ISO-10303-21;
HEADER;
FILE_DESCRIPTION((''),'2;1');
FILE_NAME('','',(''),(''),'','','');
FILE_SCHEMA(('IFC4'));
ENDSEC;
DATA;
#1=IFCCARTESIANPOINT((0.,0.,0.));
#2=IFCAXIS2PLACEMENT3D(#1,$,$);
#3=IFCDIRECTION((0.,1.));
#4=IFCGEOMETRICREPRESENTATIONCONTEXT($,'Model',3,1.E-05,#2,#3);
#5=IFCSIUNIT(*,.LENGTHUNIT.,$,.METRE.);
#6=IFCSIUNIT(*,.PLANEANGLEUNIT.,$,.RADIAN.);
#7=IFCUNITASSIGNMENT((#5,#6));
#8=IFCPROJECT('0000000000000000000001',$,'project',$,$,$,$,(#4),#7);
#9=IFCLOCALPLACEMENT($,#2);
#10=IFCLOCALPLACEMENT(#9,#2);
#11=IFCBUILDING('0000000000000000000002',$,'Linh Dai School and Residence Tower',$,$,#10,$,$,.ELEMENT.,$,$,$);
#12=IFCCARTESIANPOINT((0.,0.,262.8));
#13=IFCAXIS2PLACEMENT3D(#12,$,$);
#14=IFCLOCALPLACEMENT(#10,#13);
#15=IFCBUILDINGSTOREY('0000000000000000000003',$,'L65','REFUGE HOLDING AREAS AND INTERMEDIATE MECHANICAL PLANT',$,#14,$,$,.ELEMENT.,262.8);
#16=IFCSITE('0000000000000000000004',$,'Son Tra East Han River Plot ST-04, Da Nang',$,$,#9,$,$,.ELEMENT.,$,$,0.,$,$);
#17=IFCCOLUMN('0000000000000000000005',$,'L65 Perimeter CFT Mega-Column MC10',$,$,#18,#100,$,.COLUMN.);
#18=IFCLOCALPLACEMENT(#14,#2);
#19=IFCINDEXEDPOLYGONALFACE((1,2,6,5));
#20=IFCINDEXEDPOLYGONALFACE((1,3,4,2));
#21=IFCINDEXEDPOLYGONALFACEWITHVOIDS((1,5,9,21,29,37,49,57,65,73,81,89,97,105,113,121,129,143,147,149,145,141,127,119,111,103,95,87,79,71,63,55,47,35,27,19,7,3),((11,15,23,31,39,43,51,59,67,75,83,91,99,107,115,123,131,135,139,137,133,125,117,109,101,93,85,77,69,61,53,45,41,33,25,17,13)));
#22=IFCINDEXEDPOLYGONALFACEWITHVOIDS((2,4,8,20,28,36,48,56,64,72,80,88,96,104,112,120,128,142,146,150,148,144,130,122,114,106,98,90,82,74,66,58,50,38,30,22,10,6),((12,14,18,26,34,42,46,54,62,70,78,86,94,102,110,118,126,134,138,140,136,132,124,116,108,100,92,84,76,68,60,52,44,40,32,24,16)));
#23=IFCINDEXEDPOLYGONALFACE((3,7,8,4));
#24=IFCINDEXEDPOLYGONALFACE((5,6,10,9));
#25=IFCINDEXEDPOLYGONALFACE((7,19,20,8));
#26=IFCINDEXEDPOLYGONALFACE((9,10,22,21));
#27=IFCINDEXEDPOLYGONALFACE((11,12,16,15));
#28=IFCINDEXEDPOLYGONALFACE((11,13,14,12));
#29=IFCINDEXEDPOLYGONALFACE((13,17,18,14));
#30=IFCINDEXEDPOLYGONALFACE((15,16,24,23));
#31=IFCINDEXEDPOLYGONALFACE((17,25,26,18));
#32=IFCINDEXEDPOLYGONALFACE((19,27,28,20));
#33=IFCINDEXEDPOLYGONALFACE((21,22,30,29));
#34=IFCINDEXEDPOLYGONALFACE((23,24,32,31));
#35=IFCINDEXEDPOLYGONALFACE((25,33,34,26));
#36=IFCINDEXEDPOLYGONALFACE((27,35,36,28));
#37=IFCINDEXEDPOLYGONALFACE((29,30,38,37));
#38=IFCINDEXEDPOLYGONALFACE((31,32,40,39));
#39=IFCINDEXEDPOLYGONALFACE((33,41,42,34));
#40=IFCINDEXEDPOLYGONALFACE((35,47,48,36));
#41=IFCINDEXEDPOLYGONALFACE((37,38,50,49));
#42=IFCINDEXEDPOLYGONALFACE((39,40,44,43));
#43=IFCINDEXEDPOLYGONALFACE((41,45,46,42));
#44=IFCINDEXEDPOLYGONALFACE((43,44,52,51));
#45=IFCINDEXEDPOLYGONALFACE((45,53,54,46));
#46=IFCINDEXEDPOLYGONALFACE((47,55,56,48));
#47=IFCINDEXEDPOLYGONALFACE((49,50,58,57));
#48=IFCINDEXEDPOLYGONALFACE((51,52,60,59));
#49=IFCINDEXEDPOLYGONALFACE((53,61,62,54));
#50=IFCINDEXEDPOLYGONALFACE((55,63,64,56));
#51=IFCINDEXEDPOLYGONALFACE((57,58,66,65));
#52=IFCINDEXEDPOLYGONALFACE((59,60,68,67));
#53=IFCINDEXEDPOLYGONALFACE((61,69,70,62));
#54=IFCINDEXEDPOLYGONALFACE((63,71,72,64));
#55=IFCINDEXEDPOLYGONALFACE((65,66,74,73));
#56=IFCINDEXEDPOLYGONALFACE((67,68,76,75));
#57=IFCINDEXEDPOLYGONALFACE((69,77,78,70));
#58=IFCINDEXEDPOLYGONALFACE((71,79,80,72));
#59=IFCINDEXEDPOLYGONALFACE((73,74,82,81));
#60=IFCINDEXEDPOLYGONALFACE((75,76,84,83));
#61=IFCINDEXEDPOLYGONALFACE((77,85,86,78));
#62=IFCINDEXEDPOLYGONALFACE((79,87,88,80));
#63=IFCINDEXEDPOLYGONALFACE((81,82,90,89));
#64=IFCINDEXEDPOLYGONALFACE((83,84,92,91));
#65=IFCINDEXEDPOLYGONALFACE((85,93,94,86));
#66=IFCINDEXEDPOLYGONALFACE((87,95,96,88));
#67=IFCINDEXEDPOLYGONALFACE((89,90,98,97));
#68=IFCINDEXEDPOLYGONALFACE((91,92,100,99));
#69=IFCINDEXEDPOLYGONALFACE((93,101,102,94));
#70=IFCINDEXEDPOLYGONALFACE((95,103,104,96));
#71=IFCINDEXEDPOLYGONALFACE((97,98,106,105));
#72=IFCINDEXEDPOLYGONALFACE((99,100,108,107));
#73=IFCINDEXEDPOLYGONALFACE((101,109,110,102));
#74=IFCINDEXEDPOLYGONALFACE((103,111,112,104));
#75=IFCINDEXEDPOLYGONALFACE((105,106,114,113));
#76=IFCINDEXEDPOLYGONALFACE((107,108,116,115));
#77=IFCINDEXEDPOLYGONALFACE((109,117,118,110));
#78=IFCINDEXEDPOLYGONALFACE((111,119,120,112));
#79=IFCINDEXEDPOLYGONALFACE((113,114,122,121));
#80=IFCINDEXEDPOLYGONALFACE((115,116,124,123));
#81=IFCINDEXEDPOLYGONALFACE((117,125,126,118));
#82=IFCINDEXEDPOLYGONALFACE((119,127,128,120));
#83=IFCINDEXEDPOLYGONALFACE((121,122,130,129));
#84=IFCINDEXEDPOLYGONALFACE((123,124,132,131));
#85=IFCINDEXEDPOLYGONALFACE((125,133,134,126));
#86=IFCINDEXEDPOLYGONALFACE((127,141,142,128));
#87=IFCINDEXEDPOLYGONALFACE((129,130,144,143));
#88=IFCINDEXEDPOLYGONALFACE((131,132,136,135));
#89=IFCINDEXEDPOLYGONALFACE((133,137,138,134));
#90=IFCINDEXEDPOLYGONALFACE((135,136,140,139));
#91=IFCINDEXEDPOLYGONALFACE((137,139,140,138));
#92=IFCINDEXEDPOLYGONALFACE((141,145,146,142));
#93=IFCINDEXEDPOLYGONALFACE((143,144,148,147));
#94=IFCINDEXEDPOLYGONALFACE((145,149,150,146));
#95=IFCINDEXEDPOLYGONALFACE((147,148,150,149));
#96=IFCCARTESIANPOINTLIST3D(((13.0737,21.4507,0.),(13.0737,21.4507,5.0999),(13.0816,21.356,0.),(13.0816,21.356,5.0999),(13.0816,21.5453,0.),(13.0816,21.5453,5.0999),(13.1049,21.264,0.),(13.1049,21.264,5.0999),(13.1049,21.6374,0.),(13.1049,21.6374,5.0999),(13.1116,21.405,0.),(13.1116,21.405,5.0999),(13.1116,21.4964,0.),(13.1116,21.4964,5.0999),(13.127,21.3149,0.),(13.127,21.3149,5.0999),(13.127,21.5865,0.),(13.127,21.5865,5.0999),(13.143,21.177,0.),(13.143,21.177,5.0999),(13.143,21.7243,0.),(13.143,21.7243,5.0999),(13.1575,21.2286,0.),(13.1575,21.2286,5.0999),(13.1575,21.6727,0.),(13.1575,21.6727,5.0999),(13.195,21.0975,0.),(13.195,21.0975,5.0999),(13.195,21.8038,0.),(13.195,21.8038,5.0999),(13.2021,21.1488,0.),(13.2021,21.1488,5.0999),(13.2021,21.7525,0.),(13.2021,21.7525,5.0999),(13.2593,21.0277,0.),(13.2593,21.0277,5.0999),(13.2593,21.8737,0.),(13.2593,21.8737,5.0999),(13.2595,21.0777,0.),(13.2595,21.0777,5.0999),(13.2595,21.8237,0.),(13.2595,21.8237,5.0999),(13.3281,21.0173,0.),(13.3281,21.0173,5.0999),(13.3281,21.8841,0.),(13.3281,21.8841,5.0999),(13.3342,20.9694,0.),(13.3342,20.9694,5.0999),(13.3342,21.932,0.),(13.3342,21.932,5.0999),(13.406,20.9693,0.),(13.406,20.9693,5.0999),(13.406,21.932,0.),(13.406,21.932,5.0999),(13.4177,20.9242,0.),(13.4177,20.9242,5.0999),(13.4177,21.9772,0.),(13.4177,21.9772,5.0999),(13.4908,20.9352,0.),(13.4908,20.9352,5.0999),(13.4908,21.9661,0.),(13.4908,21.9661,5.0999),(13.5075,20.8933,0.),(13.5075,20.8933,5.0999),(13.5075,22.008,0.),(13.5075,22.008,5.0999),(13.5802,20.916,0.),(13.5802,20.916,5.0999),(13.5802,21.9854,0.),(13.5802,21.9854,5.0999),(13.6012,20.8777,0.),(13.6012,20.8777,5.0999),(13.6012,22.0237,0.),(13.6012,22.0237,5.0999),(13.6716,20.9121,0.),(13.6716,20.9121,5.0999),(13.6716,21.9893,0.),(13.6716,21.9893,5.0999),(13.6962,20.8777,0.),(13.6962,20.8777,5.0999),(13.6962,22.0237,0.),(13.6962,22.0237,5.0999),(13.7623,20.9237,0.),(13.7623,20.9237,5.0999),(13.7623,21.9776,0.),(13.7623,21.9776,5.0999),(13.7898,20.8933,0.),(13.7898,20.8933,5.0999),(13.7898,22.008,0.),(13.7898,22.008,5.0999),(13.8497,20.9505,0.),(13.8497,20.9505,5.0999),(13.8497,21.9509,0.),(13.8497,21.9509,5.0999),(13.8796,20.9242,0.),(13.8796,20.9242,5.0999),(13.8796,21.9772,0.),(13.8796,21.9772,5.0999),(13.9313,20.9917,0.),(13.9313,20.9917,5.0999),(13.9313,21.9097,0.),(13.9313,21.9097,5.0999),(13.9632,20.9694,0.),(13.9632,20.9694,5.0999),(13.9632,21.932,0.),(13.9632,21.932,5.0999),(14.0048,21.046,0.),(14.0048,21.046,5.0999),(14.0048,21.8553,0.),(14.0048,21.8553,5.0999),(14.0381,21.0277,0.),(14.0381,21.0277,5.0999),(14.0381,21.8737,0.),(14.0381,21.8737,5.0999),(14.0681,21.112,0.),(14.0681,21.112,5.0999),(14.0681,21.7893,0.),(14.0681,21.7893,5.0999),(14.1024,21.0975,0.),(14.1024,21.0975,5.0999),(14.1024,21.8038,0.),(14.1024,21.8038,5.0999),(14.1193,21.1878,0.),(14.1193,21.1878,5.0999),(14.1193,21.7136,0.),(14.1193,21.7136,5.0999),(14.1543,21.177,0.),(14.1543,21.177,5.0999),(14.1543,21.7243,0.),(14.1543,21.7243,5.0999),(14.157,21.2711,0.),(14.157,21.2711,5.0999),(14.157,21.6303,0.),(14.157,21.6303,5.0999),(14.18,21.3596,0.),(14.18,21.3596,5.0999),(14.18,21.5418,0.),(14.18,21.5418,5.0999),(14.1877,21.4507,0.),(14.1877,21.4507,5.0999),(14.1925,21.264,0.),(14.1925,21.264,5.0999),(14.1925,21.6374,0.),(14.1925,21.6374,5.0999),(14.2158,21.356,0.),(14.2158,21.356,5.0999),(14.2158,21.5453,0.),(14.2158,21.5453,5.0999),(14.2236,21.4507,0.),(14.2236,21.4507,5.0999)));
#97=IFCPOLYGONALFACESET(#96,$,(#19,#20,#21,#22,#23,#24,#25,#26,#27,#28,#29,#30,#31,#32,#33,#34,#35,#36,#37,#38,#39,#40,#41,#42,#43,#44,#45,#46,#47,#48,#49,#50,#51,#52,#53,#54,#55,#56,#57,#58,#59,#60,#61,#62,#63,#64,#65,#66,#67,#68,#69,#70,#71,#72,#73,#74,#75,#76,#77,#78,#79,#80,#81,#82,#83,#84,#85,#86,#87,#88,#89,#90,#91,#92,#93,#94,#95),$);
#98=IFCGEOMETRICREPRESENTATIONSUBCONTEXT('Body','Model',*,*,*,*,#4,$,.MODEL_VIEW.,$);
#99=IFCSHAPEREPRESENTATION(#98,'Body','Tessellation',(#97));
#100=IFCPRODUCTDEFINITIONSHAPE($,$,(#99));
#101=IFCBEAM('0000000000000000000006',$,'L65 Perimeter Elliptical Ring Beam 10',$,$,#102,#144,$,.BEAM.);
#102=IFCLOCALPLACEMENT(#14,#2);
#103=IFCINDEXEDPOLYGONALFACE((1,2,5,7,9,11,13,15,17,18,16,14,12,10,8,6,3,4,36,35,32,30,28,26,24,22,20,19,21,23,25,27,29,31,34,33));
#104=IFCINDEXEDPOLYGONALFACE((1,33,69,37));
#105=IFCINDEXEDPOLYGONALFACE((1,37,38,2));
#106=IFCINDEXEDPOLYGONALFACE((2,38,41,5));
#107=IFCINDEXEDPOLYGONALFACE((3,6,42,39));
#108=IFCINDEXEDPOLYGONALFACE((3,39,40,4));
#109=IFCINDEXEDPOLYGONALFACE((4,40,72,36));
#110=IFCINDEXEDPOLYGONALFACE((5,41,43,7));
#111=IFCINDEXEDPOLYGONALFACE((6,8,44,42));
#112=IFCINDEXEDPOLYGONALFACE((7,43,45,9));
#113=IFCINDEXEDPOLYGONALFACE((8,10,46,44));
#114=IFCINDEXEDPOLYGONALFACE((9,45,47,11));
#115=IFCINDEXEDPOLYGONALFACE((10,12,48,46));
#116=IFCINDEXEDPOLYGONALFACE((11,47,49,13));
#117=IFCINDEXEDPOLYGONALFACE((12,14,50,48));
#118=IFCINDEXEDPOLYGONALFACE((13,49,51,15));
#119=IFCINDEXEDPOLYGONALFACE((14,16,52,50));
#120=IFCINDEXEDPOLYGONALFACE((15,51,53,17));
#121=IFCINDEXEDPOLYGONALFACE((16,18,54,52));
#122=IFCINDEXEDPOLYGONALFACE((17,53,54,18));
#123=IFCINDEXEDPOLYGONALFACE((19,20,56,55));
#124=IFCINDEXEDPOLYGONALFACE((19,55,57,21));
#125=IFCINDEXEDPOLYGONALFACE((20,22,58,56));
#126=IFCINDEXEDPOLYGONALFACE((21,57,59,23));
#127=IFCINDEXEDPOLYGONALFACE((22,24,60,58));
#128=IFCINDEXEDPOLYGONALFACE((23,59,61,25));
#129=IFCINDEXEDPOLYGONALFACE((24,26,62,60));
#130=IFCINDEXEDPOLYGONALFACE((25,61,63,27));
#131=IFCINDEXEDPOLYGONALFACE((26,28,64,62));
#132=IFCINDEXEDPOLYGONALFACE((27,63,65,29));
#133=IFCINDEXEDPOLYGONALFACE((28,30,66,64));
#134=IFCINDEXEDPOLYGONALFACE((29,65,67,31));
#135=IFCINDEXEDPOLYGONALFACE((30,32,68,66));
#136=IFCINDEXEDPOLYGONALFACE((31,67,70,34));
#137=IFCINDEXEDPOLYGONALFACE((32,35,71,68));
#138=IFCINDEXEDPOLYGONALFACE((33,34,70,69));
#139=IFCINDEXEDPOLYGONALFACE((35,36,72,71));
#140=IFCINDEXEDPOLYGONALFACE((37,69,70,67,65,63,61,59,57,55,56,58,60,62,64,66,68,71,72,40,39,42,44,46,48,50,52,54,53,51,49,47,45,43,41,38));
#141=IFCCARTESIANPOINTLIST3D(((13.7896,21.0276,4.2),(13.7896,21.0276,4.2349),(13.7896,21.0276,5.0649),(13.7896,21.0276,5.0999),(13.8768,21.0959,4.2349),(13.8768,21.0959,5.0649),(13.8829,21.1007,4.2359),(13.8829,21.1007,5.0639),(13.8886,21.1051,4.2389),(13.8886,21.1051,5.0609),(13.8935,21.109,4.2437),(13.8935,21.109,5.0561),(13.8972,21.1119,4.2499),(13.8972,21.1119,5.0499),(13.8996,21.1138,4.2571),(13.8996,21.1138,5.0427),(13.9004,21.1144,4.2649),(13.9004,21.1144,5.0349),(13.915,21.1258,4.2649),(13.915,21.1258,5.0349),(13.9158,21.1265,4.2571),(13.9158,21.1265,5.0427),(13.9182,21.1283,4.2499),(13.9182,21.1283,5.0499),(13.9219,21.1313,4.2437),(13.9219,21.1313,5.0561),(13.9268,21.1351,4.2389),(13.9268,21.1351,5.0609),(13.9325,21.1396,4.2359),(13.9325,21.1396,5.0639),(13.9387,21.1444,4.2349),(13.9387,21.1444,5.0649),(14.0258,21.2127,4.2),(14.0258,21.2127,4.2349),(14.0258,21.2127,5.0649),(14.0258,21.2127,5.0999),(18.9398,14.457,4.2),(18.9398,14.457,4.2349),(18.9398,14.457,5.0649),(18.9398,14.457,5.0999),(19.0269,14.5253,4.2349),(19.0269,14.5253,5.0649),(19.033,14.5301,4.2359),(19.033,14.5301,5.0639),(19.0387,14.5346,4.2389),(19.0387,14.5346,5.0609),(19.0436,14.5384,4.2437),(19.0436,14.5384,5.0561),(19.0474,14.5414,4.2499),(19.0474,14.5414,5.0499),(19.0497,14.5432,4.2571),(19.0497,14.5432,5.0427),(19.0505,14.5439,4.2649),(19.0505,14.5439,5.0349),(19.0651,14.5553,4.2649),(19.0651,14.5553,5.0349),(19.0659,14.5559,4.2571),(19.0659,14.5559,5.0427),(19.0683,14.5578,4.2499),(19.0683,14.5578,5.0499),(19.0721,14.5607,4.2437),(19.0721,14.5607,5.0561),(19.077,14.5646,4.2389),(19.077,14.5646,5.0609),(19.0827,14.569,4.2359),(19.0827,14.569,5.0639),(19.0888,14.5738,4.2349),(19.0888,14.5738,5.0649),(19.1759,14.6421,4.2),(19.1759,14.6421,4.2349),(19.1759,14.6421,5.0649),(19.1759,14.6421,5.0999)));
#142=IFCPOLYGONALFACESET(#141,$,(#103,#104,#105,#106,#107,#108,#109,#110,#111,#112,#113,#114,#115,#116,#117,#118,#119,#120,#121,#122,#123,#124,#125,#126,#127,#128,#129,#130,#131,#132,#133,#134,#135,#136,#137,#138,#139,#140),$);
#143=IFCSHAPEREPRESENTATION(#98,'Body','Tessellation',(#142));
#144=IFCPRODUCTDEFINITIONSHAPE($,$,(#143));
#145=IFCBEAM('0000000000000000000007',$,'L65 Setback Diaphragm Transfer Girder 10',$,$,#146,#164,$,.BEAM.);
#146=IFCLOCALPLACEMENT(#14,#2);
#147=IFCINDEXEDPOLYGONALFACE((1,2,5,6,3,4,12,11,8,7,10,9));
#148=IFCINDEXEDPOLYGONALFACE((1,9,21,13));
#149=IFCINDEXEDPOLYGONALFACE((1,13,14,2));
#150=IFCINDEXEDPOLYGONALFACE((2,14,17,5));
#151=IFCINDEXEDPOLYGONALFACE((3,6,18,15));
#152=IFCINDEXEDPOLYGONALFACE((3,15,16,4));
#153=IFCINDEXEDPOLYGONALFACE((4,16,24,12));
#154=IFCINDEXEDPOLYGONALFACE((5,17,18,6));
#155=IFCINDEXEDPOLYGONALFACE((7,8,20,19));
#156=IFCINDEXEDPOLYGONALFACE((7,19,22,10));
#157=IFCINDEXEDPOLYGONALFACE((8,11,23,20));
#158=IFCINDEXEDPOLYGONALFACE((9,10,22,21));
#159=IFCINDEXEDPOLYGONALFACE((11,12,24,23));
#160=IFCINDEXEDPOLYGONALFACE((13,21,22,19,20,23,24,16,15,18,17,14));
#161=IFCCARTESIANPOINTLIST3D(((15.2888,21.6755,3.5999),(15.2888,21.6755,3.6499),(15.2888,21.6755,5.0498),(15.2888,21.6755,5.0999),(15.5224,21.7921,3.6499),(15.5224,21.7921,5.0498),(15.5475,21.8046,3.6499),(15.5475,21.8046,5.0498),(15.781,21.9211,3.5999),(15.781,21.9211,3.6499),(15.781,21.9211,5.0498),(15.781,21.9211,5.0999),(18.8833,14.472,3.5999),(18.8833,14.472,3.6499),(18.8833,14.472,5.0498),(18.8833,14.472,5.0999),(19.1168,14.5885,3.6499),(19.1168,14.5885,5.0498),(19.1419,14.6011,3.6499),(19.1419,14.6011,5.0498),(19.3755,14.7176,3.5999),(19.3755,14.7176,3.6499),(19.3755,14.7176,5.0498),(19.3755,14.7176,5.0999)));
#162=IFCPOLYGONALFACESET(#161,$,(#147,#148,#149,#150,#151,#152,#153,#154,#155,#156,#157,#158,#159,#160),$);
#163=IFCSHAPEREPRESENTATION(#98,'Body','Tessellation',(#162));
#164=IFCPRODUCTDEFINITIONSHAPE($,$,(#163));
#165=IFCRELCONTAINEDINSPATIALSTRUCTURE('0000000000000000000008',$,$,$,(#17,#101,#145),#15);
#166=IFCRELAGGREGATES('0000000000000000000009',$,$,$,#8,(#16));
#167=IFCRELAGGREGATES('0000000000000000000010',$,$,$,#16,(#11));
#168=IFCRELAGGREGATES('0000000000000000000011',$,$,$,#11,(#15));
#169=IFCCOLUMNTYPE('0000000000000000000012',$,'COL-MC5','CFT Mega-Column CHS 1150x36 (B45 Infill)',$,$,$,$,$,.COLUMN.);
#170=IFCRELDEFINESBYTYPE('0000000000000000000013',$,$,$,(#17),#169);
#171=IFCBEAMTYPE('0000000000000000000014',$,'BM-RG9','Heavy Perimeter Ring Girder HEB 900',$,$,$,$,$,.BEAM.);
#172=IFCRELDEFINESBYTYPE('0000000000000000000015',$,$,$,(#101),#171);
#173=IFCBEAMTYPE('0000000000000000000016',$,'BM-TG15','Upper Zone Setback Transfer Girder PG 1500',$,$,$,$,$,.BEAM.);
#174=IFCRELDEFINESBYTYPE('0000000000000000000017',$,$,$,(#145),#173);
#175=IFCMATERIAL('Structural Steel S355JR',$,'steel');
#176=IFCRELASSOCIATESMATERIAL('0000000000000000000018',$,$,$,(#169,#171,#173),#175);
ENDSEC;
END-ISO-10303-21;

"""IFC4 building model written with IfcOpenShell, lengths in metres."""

from ifc_helpers import new_model, si_unit, direction, frame, origin, origin_2d, place, context, subcontext, project, spatial, hollow_circle, i_section, extrude, material, material_profile, profile_set, type_object, element, save


model = new_model("IFC4")

# Units and contexts
model_context = context("Model", 3, precision=1e-05, world=origin(), true_north=direction((0.0, 1.0)))
body_context = subcontext(model_context, "Body", "Model", "MODEL_VIEW")
ifc_project = project(units=[si_unit("LENGTHUNIT", "METRE"), si_unit("PLANEANGLEUNIT", "RADIAN")], contexts=[model_context])

# Site, building, storey
site_placement = place(None, origin())
site = spatial("IfcSite", under=ifc_project, at=site_placement, Name="Son Tra East Han River Plot ST-04, Da Nang", CompositionType="ELEMENT", RefElevation=0.0)
building_placement = place(site_placement, origin())
building = spatial("IfcBuilding", under=site, at=building_placement, Name="Linh Dai School and Residence Tower", CompositionType="ELEMENT")
storey_placement = place(building_placement, frame((0.0, 0.0, 262.8)))
storey = spatial("IfcBuildingStorey", under=building, at=storey_placement, Name="L65", Description="REFUGE HOLDING AREAS AND INTERMEDIATE MECHANICAL PLANT", CompositionType="ELEMENT", Elevation=262.8)

# Column
ifc_material_1 = material(Name="Structural Steel S355JR", Category="steel")
ifc_material_profile_1 = material_profile(ifc_material_1, hollow_circle(Radius=0.575, WallThickness=0.0359, at=origin_2d()), Name="CHS 1150x36")
ifc_profile_set_1 = profile_set([ifc_material_profile_1], Name="Structural Steel S355JR")
column_type = type_object("IfcColumnType", Name="COL-MC5", Description="CFT Mega-Column CHS 1150x36 (B45 Infill)", PredefinedType="COLUMN", material=ifc_profile_set_1)
column_placement = place(storey_placement, frame((13.6487, 21.4507, 0.0), z_axis=(0.0, 0.0, 1.0), x_axis=(1.0, 0.0, 0.0)))
element("IfcColumn", 1, at=column_placement, inside=storey, type_object=column_type, Name="L65 Perimeter CFT Mega-Column MC10", PredefinedType="COLUMN", context=body_context, shape_type="SweptSolid", body=[
    extrude(hollow_circle(Radius=0.575, WallThickness=0.0359, at=origin_2d()), origin(), (0.0, 0.0, 1.0), 5.0999),
])

# Beams
ifc_material_profile_2 = material_profile(ifc_material_1, i_section(OverallWidth=0.3, OverallDepth=0.8999, WebThickness=0.0186, FlangeThickness=0.0349, FilletRadius=0.03, at=origin_2d()), Name="HEB 900")
ifc_profile_set_2 = profile_set([ifc_material_profile_2], Name="Structural Steel S355JR")
beam_type_1 = type_object("IfcBeamType", Name="BM-RG9", Description="Heavy Perimeter Ring Girder HEB 900", PredefinedType="BEAM", material=ifc_profile_set_2)
beam_1_placement = place(storey_placement, frame((13.9077, 21.1201, 4.6499), z_axis=(0.6169, -0.787041, 0.0), x_axis=(0.787041, 0.6169, 0.0)))
element("IfcBeam", 2, at=beam_1_placement, inside=storey, type_object=beam_type_1, Name="L65 Perimeter Elliptical Ring Beam 10", PredefinedType="BEAM", context=body_context, shape_type="SweptSolid", body=[
    extrude(i_section(OverallWidth=0.3, OverallDepth=0.8999, WebThickness=0.0186, FlangeThickness=0.0349, FilletRadius=0.03, at=origin_2d()), origin(), (0.0, 0.0, 1.0), 8.3484),
])
ifc_material_profile_3 = material_profile(ifc_material_1, i_section(OverallWidth=0.55, OverallDepth=1.5, WebThickness=0.0281, FlangeThickness=0.05, at=origin_2d()), Name="PG 1500x550x28x50")
ifc_profile_set_3 = profile_set([ifc_material_profile_3], Name="Structural Steel S355JR")
beam_type_2 = type_object("IfcBeamType", Name="BM-TG15", Description="Upper Zone Setback Transfer Girder PG 1500", PredefinedType="BEAM", material=ifc_profile_set_3)
beam_2_placement = place(storey_placement, frame((15.5349, 21.7983, 4.3499), z_axis=(0.446486, -0.894791, 0.0), x_axis=(0.894791, 0.446486, 0.0)))
element("IfcBeam", 3, at=beam_2_placement, inside=storey, type_object=beam_type_2, Name="L65 Setback Diaphragm Transfer Girder 10", PredefinedType="BEAM", context=body_context, shape_type="SweptSolid", body=[
    extrude(i_section(OverallWidth=0.55, OverallDepth=1.5, WebThickness=0.0281, FlangeThickness=0.05, at=origin_2d()), origin(), (0.0, 0.0, 1.0), 8.0505),
])

save(model, "model.ifc")
